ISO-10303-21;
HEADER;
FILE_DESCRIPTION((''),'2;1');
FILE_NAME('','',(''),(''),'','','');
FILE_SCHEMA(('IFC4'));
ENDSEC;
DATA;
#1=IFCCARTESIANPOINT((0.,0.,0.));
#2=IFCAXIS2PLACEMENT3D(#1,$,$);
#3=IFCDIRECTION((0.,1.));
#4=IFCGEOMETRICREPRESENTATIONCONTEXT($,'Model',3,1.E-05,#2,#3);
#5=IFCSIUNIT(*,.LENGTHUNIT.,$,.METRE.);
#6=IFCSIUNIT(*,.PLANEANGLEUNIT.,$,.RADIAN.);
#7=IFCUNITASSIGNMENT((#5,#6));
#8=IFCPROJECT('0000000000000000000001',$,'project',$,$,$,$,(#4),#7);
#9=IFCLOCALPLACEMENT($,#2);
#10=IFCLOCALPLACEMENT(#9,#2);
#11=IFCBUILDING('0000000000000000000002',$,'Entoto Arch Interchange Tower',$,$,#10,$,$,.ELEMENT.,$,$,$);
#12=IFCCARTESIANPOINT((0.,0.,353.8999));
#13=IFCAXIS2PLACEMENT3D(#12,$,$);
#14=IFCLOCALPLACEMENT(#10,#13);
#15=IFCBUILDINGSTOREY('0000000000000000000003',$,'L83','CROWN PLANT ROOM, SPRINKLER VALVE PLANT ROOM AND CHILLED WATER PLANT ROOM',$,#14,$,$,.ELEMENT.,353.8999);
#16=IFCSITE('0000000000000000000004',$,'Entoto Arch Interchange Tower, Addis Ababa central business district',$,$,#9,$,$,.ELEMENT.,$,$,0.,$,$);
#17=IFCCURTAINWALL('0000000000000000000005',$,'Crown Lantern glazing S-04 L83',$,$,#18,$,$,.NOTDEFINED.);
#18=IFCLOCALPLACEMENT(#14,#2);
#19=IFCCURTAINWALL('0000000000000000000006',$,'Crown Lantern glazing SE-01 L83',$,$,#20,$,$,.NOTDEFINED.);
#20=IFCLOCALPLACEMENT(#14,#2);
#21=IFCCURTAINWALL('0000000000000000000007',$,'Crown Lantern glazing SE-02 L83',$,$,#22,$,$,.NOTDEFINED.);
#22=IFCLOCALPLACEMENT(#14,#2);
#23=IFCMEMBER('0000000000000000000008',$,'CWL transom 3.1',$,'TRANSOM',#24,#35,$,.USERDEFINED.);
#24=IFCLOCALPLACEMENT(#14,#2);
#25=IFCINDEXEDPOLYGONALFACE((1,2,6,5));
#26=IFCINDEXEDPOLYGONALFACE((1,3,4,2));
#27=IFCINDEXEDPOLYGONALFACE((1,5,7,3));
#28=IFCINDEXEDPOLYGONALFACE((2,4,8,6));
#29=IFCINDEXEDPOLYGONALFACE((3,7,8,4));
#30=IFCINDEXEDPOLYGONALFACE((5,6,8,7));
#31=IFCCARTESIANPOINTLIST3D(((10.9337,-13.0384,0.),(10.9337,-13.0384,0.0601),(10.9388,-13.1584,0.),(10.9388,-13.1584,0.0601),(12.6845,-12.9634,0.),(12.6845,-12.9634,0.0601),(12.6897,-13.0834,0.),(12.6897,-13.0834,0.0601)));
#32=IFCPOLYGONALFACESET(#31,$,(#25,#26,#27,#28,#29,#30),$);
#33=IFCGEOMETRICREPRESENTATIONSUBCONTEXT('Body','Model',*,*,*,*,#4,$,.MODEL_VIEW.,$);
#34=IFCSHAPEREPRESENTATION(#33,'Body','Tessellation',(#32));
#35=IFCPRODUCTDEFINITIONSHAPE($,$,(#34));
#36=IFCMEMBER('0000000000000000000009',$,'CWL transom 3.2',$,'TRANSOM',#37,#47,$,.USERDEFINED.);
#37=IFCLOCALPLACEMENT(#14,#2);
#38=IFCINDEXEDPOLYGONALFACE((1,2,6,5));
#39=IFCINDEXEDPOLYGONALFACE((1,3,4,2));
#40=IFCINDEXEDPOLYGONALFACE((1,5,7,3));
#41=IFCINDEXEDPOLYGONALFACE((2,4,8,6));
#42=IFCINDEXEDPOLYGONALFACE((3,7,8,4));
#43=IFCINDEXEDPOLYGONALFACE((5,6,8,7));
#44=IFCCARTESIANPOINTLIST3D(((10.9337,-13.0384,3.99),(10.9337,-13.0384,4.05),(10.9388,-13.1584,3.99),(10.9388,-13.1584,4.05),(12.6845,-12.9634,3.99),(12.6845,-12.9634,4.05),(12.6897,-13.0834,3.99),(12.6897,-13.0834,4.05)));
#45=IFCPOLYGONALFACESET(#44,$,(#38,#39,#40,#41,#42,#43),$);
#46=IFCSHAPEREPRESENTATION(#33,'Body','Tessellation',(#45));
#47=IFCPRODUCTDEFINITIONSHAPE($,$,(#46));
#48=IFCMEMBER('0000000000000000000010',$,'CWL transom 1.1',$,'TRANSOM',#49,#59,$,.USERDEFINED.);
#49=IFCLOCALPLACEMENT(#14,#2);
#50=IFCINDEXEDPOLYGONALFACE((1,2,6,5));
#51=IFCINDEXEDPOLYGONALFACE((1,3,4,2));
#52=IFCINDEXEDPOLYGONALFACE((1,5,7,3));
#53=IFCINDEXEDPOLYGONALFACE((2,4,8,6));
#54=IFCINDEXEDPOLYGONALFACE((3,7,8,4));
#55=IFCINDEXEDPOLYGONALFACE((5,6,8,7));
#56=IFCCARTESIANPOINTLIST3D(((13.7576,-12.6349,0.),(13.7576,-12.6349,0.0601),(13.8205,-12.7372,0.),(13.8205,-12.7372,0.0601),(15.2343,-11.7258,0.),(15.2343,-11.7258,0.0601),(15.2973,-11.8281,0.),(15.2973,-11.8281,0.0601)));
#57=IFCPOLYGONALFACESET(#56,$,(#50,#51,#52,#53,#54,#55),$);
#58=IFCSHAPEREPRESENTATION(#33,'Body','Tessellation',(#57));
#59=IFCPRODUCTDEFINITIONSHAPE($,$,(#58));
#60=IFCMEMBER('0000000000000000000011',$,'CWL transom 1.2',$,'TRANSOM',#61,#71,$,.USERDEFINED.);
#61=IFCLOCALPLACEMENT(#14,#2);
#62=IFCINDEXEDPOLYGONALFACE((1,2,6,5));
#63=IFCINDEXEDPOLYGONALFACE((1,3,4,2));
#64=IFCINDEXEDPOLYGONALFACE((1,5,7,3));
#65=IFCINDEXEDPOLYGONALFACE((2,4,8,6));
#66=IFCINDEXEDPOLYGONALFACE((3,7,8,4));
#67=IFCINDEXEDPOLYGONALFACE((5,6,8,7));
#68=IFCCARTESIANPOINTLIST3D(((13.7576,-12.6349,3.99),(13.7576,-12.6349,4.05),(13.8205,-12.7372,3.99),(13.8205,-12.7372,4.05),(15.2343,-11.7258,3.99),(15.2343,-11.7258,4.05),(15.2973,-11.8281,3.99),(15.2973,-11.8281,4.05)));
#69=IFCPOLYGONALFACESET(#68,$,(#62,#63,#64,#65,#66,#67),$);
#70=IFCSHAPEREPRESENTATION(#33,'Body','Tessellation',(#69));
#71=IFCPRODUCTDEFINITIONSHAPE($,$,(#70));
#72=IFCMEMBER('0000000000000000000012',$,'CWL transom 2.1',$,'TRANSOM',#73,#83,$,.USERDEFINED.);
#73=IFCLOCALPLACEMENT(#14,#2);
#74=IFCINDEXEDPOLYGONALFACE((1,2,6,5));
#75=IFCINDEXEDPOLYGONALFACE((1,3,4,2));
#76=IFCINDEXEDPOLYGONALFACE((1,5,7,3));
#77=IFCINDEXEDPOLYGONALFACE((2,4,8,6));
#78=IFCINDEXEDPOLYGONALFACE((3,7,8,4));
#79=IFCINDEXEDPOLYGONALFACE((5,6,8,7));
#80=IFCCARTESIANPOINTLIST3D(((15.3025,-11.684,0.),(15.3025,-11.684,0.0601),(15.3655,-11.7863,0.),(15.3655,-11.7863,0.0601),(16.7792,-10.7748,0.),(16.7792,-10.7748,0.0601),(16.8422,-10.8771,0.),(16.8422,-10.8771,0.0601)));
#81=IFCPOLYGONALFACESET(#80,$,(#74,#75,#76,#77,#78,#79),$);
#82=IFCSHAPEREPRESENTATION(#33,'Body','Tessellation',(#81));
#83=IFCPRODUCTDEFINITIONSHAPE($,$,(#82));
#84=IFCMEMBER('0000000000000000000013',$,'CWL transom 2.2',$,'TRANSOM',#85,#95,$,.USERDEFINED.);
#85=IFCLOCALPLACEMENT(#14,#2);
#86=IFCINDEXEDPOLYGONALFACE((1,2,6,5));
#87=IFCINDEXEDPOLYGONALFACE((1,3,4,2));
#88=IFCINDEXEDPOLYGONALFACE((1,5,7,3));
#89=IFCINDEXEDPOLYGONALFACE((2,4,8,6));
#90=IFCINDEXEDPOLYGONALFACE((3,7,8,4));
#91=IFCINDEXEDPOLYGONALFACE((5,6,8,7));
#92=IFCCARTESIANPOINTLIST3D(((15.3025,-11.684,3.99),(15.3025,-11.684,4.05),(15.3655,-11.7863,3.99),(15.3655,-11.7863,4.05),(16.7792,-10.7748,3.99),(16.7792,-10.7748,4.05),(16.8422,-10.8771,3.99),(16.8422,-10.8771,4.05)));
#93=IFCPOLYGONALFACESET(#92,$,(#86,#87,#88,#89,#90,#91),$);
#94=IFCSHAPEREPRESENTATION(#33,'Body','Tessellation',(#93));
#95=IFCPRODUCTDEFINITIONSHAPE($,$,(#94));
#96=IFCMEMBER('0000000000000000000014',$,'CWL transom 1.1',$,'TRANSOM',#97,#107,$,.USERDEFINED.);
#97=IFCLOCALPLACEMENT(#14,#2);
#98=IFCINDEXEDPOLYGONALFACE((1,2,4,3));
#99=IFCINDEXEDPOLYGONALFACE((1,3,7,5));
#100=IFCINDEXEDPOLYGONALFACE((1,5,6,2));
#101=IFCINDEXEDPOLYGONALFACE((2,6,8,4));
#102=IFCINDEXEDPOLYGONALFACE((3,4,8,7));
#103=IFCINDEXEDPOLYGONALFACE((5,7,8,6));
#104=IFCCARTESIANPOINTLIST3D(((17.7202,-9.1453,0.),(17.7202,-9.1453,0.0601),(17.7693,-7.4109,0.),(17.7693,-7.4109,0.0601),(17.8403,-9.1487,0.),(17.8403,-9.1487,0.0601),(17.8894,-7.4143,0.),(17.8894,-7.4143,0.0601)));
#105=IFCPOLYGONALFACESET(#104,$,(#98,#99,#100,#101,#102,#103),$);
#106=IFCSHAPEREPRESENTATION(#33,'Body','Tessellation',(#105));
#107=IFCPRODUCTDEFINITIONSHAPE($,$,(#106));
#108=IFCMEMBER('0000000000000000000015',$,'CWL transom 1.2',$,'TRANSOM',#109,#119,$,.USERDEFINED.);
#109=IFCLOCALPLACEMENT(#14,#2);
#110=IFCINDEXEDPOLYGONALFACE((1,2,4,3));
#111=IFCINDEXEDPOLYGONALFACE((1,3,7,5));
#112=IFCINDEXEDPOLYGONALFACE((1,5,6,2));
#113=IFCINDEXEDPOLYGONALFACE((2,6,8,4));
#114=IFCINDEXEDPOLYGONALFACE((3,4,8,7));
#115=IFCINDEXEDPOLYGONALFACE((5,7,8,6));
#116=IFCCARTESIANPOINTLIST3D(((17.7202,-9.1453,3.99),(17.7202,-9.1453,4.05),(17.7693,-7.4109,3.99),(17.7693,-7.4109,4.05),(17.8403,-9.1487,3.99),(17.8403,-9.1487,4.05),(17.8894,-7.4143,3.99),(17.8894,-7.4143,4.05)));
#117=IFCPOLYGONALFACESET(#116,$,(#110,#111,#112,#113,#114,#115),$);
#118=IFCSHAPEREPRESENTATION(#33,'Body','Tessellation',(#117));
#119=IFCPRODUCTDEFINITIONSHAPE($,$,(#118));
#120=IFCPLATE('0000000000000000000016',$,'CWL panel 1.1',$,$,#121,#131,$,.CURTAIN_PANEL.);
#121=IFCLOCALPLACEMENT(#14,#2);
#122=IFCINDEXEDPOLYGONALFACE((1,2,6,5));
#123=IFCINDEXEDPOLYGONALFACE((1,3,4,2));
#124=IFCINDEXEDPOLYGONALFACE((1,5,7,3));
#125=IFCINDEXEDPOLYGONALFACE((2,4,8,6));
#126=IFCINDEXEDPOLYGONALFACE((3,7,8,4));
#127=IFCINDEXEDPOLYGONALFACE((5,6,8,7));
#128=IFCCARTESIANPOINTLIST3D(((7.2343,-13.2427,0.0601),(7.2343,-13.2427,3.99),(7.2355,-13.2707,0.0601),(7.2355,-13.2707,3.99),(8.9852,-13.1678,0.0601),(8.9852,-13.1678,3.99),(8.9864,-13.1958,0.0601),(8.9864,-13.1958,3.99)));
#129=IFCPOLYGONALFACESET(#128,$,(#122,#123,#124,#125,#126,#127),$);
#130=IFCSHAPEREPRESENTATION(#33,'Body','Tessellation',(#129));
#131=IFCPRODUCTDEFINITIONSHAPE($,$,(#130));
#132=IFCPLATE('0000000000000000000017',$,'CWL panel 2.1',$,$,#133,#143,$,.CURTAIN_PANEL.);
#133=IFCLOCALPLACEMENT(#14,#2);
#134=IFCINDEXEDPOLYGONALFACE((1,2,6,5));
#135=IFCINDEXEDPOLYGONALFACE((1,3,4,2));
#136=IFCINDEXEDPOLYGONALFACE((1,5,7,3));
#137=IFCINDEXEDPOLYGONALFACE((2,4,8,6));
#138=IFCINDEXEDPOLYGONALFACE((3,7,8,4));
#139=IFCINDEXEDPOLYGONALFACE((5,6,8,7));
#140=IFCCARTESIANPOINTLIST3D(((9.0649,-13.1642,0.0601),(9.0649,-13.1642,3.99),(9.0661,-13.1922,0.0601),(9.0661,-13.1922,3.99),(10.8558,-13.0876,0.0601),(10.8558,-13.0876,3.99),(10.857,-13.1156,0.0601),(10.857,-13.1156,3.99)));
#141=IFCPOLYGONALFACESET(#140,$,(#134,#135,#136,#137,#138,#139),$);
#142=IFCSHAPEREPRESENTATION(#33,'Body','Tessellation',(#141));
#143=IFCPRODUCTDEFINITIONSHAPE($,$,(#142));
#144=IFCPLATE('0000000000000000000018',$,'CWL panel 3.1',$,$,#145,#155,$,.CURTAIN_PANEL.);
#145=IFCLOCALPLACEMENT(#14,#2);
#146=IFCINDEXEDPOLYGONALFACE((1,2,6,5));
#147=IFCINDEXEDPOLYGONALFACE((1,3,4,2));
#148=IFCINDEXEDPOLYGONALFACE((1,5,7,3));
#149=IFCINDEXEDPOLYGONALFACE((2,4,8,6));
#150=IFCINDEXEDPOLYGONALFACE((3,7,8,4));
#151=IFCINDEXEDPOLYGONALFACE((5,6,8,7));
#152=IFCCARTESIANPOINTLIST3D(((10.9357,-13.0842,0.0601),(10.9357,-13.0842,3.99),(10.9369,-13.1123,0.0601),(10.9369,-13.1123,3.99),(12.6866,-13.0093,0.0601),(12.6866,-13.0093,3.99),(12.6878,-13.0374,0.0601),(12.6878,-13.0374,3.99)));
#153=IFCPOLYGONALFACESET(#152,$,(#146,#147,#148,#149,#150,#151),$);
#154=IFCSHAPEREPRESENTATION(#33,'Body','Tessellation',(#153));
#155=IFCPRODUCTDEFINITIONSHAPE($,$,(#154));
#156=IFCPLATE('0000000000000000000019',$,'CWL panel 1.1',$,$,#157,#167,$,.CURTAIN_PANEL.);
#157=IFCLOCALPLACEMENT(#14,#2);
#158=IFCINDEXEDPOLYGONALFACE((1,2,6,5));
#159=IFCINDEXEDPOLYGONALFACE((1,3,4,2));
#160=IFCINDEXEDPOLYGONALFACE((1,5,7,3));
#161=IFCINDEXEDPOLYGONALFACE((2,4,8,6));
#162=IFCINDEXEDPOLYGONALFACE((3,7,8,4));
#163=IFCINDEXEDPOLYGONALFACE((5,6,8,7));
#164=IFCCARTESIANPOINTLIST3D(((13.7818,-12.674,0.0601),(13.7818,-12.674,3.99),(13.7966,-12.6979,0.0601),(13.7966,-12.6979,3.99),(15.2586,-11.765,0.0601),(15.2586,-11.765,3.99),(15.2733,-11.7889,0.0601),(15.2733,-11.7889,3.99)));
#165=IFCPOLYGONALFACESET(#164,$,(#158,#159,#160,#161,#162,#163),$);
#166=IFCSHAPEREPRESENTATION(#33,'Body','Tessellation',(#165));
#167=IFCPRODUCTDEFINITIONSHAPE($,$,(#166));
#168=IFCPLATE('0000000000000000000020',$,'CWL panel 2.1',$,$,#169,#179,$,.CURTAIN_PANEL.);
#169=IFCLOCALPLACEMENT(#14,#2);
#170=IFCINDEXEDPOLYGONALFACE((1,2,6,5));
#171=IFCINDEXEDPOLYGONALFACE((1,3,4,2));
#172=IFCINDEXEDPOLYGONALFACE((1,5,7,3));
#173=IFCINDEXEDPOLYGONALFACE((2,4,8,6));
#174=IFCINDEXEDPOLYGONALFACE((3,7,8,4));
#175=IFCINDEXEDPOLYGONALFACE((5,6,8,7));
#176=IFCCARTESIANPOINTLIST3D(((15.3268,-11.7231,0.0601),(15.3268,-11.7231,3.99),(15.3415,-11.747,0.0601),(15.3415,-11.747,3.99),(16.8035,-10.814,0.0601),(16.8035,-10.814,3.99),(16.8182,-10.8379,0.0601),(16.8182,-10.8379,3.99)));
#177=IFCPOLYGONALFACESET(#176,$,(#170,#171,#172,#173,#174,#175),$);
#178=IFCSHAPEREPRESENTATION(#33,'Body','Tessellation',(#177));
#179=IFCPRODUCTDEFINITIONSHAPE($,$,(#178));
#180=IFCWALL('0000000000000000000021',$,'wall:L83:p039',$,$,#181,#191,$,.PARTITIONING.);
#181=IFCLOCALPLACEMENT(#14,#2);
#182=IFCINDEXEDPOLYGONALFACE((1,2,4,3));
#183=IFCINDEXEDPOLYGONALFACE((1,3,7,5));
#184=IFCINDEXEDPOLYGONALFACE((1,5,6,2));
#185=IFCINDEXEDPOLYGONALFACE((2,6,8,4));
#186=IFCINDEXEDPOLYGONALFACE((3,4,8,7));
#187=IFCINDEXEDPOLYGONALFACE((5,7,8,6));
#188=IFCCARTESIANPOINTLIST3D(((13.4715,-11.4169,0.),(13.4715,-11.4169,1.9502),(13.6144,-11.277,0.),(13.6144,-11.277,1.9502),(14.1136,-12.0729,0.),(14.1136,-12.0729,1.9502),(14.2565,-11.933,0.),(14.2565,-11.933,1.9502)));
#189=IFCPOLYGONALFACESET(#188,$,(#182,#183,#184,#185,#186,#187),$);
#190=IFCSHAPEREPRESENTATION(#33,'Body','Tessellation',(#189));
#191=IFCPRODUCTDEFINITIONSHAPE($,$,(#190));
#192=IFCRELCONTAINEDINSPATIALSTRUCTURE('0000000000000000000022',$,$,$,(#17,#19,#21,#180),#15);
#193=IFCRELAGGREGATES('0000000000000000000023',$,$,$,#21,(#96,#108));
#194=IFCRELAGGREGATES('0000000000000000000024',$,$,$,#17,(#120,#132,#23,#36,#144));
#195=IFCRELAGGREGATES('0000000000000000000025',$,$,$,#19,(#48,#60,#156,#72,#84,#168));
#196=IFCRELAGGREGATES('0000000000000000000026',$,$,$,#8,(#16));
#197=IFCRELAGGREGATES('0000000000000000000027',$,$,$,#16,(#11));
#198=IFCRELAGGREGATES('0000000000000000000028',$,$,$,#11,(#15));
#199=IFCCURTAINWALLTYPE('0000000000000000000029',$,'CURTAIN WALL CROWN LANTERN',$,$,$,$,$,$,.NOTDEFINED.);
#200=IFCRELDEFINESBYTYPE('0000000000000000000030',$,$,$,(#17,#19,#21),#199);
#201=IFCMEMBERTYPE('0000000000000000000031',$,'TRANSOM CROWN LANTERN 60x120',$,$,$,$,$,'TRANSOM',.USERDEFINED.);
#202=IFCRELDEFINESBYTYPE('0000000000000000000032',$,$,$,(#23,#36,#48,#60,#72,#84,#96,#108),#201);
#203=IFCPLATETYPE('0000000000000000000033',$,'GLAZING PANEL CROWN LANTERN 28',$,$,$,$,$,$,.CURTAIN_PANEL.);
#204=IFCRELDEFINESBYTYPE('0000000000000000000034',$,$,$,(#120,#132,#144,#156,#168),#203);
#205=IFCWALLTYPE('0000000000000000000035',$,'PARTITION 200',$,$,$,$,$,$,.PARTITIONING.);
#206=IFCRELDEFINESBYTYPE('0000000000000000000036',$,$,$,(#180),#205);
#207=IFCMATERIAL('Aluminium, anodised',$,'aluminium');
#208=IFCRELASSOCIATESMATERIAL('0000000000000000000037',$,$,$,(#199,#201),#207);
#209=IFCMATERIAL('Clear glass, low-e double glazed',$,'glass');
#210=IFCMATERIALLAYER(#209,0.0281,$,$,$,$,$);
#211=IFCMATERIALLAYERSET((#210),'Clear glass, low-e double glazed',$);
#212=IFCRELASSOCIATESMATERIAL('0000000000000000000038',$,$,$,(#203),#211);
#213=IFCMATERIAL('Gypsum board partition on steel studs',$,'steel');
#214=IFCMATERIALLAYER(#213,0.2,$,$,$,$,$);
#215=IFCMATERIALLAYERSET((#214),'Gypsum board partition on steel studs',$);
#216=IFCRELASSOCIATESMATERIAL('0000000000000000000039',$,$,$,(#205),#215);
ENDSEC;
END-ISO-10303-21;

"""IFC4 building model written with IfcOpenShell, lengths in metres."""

from ifc_helpers import new_model, si_unit, direction, frame, frame_2d, origin, origin_2d, place, context, subcontext, project, spatial, rectangle, extrude, material, layer, layer_set, material_profile, profile_set, type_object, element, aggregate, save


model = new_model("IFC4")

# Units and contexts
model_context = context("Model", 3, precision=1e-05, world=origin(), true_north=direction((0.0, 1.0)))
body_context = subcontext(model_context, "Body", "Model", "MODEL_VIEW")
ifc_project = project(units=[si_unit("LENGTHUNIT", "METRE"), si_unit("PLANEANGLEUNIT", "RADIAN")], contexts=[model_context])

# Site, building, storey
site_placement = place(None, origin())
site = spatial("IfcSite", under=ifc_project, at=site_placement, Name="Entoto Arch Interchange Tower, Addis Ababa central business district", CompositionType="ELEMENT", RefElevation=0.0)
building_placement = place(site_placement, origin())
building = spatial("IfcBuilding", under=site, at=building_placement, Name="Entoto Arch Interchange Tower", CompositionType="ELEMENT")
storey_placement = place(building_placement, frame((0.0, 0.0, 353.8999)))
storey = spatial("IfcBuildingStorey", under=building, at=storey_placement, Name="L83", Description="CROWN PLANT ROOM, SPRINKLER VALVE PLANT ROOM AND CHILLED WATER PLANT ROOM", CompositionType="ELEMENT", Elevation=353.8999)

# Curtain walls
ifc_material_1 = material(Name="Aluminium, anodised", Category="aluminium")
curtain_wall_type = type_object("IfcCurtainWallType", Name="CURTAIN WALL CROWN LANTERN", PredefinedType="NOTDEFINED", material=ifc_material_1)
curtain_wall_1_placement = place(storey_placement, origin())
curtain_wall_1 = element("IfcCurtainWall", 1, at=curtain_wall_1_placement, inside=storey, type_object=curtain_wall_type, Name="Crown Lantern glazing S-04 L83", PredefinedType="NOTDEFINED")
curtain_wall_2_placement = place(storey_placement, origin())
curtain_wall_2 = element("IfcCurtainWall", 2, at=curtain_wall_2_placement, inside=storey, type_object=curtain_wall_type, Name="Crown Lantern glazing SE-01 L83", PredefinedType="NOTDEFINED")

# Curtain wall
curtain_wall_3_placement = place(storey_placement, origin())
curtain_wall_3 = element("IfcCurtainWall", 3, at=curtain_wall_3_placement, inside=storey, type_object=curtain_wall_type, Name="Crown Lantern glazing SE-02 L83", PredefinedType="NOTDEFINED")

# Members
ifc_material_profile_1 = material_profile(ifc_material_1, rectangle(XDim=0.1201, YDim=0.0601, at=origin_2d()))
ifc_profile_set_1 = profile_set([ifc_material_profile_1], Name="Aluminium, anodised")
member_type_1 = type_object("IfcMemberType", Name="TRANSOM CROWN LANTERN 60x120", ElementType="TRANSOM", PredefinedType="USERDEFINED", material=ifc_profile_set_1)
member_1_placement = place(storey_placement, frame((10.9363, -13.0984, 0.03), z_axis=(0.999085, 0.042772, 0.0), x_axis=(-0.042772, 0.999085, 0.0)))
member_1 = element("IfcMember", 4, at=member_1_placement, type_object=member_type_1, Name="CWL transom 3.1", ObjectType="TRANSOM", PredefinedType="USERDEFINED", context=body_context, shape_type="SweptSolid", body=[
    extrude(rectangle(XDim=0.1201, YDim=0.0601, at=origin_2d()), origin(), (0.0, 0.0, 1.0), 1.7524),
])
member_2_placement = place(storey_placement, frame((10.9363, -13.0984, 4.02), z_axis=(0.999085, 0.042772, 0.0), x_axis=(-0.042772, 0.999085, 0.0)))
member_2 = element("IfcMember", 5, at=member_2_placement, type_object=member_type_1, Name="CWL transom 3.2", ObjectType="TRANSOM", PredefinedType="USERDEFINED", context=body_context, shape_type="SweptSolid", body=[
    extrude(rectangle(XDim=0.1201, YDim=0.0601, at=origin_2d()), origin(), (0.0, 0.0, 1.0), 1.7524),
])
member_3_placement = place(storey_placement, frame((13.7891, -12.686, 0.03), z_axis=(0.851562, 0.524255, 0.0), x_axis=(-0.524255, 0.851562, 0.0)))
member_3 = element("IfcMember", 6, at=member_3_placement, type_object=member_type_1, Name="CWL transom 1.1", ObjectType="TRANSOM", PredefinedType="USERDEFINED", context=body_context, shape_type="SweptSolid", body=[
    extrude(rectangle(XDim=0.1201, YDim=0.0601, at=origin_2d()), origin(), (0.0, 0.0, 1.0), 1.7341),
])
member_4_placement = place(storey_placement, frame((13.7891, -12.686, 4.02), z_axis=(0.851562, 0.524255, 0.0), x_axis=(-0.524255, 0.851562, 0.0)))
member_4 = element("IfcMember", 7, at=member_4_placement, type_object=member_type_1, Name="CWL transom 1.2", ObjectType="TRANSOM", PredefinedType="USERDEFINED", context=body_context, shape_type="SweptSolid", body=[
    extrude(rectangle(XDim=0.1201, YDim=0.0601, at=origin_2d()), origin(), (0.0, 0.0, 1.0), 1.7341),
])
member_5_placement = place(storey_placement, frame((15.334, -11.7351, 0.03), z_axis=(0.851562, 0.524255, 0.0), x_axis=(-0.524255, 0.851562, 0.0)))
member_5 = element("IfcMember", 8, at=member_5_placement, type_object=member_type_1, Name="CWL transom 2.1", ObjectType="TRANSOM", PredefinedType="USERDEFINED", context=body_context, shape_type="SweptSolid", body=[
    extrude(rectangle(XDim=0.1201, YDim=0.0601, at=origin_2d()), origin(), (0.0, 0.0, 1.0), 1.7341),
])
member_6_placement = place(storey_placement, frame((15.334, -11.7351, 4.02), z_axis=(0.851562, 0.524255, 0.0), x_axis=(-0.524255, 0.851562, 0.0)))
member_6 = element("IfcMember", 9, at=member_6_placement, type_object=member_type_1, Name="CWL transom 2.2", ObjectType="TRANSOM", PredefinedType="USERDEFINED", context=body_context, shape_type="SweptSolid", body=[
    extrude(rectangle(XDim=0.1201, YDim=0.0601, at=origin_2d()), origin(), (0.0, 0.0, 1.0), 1.7341),
])
member_7_placement = place(storey_placement, frame((17.7803, -9.147, 0.03), z_axis=(0.028283, 0.9996, 0.0), x_axis=(-0.9996, 0.028283, 0.0)))
member_7 = element("IfcMember", 10, at=member_7_placement, type_object=member_type_1, Name="CWL transom 1.1", ObjectType="TRANSOM", PredefinedType="USERDEFINED", context=body_context, shape_type="SweptSolid", body=[
    extrude(rectangle(XDim=0.1201, YDim=0.0601, at=origin_2d()), origin(), (0.0, 0.0, 1.0), 1.7351),
])
member_8_placement = place(storey_placement, frame((17.7803, -9.147, 4.02), z_axis=(0.028283, 0.9996, 0.0), x_axis=(-0.9996, 0.028283, 0.0)))
member_8 = element("IfcMember", 11, at=member_8_placement, type_object=member_type_1, Name="CWL transom 1.2", ObjectType="TRANSOM", PredefinedType="USERDEFINED", context=body_context, shape_type="SweptSolid", body=[
    extrude(rectangle(XDim=0.1201, YDim=0.0601, at=origin_2d()), origin(), (0.0, 0.0, 1.0), 1.7351),
])
aggregate(curtain_wall_3, [member_7, member_8])

# Plates
ifc_material_2 = material(Name="Clear glass, low-e double glazed", Category="glass")
ifc_layer_1 = layer(ifc_material_2, 0.0281)
ifc_layer_set_1 = layer_set([ifc_layer_1], Name="Clear glass, low-e double glazed")
plate_type = type_object("IfcPlateType", Name="GLAZING PANEL CROWN LANTERN 28", PredefinedType="CURTAIN_PANEL", material=ifc_layer_set_1)
plate_1_placement = place(storey_placement, frame((8.1104, -13.2192, 0.0601), z_axis=(0.0, 0.0, 1.0), x_axis=(0.999087, 0.042726, 0.0)))
plate_1 = element("IfcPlate", 12, at=plate_1_placement, type_object=plate_type, Name="CWL panel 1.1", PredefinedType="CURTAIN_PANEL", context=body_context, shape_type="SweptSolid", body=[
    extrude(rectangle(XDim=1.7524, YDim=0.0281, at=origin_2d()), origin(), (0.0, 0.0, 1.0), 3.9299),
])
plate_2_placement = place(storey_placement, frame((9.9609, -13.1399, 0.0601), z_axis=(0.0, 0.0, 1.0), x_axis=(0.999087, 0.042726, 0.0)))
plate_2 = element("IfcPlate", 13, at=plate_2_placement, type_object=plate_type, Name="CWL panel 2.1", PredefinedType="CURTAIN_PANEL", context=body_context, shape_type="SweptSolid", body=[
    extrude(rectangle(XDim=1.7925, YDim=0.0281, at=origin_2d()), origin(), (0.0, 0.0, 1.0), 3.9299),
])
plate_3_placement = place(storey_placement, frame((11.8118, -13.0608, 0.0601), z_axis=(0.0, 0.0, 1.0), x_axis=(0.999087, 0.042726, 0.0)))
plate_3 = element("IfcPlate", 14, at=plate_3_placement, type_object=plate_type, Name="CWL panel 3.1", PredefinedType="CURTAIN_PANEL", context=body_context, shape_type="SweptSolid", body=[
    extrude(rectangle(XDim=1.7524, YDim=0.0281, at=origin_2d()), origin(), (0.0, 0.0, 1.0), 3.9299),
])
aggregate(curtain_wall_1, [plate_1, plate_2, member_1, member_2, plate_3])
plate_4_placement = place(storey_placement, frame((14.5276, -12.2314, 0.0601), z_axis=(0.0, 0.0, 1.0), x_axis=(0.851584, 0.524218, 0.0)))
plate_4 = element("IfcPlate", 15, at=plate_4_placement, type_object=plate_type, Name="CWL panel 1.1", PredefinedType="CURTAIN_PANEL", context=body_context, shape_type="SweptSolid", body=[
    extrude(rectangle(XDim=1.7341, YDim=0.0281, at=origin_2d()), origin(), (0.0, 0.0, 1.0), 3.9299),
])
plate_5_placement = place(storey_placement, frame((16.0725, -11.2805, 0.0601), z_axis=(0.0, 0.0, 1.0), x_axis=(0.851584, 0.524218, 0.0)))
plate_5 = element("IfcPlate", 16, at=plate_5_placement, type_object=plate_type, Name="CWL panel 2.1", PredefinedType="CURTAIN_PANEL", context=body_context, shape_type="SweptSolid", body=[
    extrude(rectangle(XDim=1.7341, YDim=0.0281, at=origin_2d()), origin(), (0.0, 0.0, 1.0), 3.9299),
])
aggregate(curtain_wall_2, [member_3, member_4, plate_4, member_5, member_6, plate_5])

# Wall
ifc_material_3 = material(Name="Gypsum board partition on steel studs", Category="steel")
ifc_layer_2 = layer(ifc_material_3, 0.2)
ifc_layer_set_2 = layer_set([ifc_layer_2], Name="Gypsum board partition on steel studs")
wall_type_1 = type_object("IfcWallType", Name="PARTITION 200", PredefinedType="PARTITIONING", material=ifc_layer_set_2)
wall_1_placement = place(storey_placement, frame((13.543, -11.3469, 0.0), z_axis=(0.0, 0.0, 1.0), x_axis=(0.699486, -0.714646, 0.0)))
element("IfcWall", 17, at=wall_1_placement, inside=storey, type_object=wall_type_1, Name="wall:L83:p039", PredefinedType="PARTITIONING", context=body_context, shape_type="SweptSolid", body=[
    extrude(rectangle(XDim=0.918, YDim=0.2, at=frame_2d((0.459, 0.0))), origin(), (0.0, 0.0, 1.0), 1.9502),
])

save(model, "model.ifc")
